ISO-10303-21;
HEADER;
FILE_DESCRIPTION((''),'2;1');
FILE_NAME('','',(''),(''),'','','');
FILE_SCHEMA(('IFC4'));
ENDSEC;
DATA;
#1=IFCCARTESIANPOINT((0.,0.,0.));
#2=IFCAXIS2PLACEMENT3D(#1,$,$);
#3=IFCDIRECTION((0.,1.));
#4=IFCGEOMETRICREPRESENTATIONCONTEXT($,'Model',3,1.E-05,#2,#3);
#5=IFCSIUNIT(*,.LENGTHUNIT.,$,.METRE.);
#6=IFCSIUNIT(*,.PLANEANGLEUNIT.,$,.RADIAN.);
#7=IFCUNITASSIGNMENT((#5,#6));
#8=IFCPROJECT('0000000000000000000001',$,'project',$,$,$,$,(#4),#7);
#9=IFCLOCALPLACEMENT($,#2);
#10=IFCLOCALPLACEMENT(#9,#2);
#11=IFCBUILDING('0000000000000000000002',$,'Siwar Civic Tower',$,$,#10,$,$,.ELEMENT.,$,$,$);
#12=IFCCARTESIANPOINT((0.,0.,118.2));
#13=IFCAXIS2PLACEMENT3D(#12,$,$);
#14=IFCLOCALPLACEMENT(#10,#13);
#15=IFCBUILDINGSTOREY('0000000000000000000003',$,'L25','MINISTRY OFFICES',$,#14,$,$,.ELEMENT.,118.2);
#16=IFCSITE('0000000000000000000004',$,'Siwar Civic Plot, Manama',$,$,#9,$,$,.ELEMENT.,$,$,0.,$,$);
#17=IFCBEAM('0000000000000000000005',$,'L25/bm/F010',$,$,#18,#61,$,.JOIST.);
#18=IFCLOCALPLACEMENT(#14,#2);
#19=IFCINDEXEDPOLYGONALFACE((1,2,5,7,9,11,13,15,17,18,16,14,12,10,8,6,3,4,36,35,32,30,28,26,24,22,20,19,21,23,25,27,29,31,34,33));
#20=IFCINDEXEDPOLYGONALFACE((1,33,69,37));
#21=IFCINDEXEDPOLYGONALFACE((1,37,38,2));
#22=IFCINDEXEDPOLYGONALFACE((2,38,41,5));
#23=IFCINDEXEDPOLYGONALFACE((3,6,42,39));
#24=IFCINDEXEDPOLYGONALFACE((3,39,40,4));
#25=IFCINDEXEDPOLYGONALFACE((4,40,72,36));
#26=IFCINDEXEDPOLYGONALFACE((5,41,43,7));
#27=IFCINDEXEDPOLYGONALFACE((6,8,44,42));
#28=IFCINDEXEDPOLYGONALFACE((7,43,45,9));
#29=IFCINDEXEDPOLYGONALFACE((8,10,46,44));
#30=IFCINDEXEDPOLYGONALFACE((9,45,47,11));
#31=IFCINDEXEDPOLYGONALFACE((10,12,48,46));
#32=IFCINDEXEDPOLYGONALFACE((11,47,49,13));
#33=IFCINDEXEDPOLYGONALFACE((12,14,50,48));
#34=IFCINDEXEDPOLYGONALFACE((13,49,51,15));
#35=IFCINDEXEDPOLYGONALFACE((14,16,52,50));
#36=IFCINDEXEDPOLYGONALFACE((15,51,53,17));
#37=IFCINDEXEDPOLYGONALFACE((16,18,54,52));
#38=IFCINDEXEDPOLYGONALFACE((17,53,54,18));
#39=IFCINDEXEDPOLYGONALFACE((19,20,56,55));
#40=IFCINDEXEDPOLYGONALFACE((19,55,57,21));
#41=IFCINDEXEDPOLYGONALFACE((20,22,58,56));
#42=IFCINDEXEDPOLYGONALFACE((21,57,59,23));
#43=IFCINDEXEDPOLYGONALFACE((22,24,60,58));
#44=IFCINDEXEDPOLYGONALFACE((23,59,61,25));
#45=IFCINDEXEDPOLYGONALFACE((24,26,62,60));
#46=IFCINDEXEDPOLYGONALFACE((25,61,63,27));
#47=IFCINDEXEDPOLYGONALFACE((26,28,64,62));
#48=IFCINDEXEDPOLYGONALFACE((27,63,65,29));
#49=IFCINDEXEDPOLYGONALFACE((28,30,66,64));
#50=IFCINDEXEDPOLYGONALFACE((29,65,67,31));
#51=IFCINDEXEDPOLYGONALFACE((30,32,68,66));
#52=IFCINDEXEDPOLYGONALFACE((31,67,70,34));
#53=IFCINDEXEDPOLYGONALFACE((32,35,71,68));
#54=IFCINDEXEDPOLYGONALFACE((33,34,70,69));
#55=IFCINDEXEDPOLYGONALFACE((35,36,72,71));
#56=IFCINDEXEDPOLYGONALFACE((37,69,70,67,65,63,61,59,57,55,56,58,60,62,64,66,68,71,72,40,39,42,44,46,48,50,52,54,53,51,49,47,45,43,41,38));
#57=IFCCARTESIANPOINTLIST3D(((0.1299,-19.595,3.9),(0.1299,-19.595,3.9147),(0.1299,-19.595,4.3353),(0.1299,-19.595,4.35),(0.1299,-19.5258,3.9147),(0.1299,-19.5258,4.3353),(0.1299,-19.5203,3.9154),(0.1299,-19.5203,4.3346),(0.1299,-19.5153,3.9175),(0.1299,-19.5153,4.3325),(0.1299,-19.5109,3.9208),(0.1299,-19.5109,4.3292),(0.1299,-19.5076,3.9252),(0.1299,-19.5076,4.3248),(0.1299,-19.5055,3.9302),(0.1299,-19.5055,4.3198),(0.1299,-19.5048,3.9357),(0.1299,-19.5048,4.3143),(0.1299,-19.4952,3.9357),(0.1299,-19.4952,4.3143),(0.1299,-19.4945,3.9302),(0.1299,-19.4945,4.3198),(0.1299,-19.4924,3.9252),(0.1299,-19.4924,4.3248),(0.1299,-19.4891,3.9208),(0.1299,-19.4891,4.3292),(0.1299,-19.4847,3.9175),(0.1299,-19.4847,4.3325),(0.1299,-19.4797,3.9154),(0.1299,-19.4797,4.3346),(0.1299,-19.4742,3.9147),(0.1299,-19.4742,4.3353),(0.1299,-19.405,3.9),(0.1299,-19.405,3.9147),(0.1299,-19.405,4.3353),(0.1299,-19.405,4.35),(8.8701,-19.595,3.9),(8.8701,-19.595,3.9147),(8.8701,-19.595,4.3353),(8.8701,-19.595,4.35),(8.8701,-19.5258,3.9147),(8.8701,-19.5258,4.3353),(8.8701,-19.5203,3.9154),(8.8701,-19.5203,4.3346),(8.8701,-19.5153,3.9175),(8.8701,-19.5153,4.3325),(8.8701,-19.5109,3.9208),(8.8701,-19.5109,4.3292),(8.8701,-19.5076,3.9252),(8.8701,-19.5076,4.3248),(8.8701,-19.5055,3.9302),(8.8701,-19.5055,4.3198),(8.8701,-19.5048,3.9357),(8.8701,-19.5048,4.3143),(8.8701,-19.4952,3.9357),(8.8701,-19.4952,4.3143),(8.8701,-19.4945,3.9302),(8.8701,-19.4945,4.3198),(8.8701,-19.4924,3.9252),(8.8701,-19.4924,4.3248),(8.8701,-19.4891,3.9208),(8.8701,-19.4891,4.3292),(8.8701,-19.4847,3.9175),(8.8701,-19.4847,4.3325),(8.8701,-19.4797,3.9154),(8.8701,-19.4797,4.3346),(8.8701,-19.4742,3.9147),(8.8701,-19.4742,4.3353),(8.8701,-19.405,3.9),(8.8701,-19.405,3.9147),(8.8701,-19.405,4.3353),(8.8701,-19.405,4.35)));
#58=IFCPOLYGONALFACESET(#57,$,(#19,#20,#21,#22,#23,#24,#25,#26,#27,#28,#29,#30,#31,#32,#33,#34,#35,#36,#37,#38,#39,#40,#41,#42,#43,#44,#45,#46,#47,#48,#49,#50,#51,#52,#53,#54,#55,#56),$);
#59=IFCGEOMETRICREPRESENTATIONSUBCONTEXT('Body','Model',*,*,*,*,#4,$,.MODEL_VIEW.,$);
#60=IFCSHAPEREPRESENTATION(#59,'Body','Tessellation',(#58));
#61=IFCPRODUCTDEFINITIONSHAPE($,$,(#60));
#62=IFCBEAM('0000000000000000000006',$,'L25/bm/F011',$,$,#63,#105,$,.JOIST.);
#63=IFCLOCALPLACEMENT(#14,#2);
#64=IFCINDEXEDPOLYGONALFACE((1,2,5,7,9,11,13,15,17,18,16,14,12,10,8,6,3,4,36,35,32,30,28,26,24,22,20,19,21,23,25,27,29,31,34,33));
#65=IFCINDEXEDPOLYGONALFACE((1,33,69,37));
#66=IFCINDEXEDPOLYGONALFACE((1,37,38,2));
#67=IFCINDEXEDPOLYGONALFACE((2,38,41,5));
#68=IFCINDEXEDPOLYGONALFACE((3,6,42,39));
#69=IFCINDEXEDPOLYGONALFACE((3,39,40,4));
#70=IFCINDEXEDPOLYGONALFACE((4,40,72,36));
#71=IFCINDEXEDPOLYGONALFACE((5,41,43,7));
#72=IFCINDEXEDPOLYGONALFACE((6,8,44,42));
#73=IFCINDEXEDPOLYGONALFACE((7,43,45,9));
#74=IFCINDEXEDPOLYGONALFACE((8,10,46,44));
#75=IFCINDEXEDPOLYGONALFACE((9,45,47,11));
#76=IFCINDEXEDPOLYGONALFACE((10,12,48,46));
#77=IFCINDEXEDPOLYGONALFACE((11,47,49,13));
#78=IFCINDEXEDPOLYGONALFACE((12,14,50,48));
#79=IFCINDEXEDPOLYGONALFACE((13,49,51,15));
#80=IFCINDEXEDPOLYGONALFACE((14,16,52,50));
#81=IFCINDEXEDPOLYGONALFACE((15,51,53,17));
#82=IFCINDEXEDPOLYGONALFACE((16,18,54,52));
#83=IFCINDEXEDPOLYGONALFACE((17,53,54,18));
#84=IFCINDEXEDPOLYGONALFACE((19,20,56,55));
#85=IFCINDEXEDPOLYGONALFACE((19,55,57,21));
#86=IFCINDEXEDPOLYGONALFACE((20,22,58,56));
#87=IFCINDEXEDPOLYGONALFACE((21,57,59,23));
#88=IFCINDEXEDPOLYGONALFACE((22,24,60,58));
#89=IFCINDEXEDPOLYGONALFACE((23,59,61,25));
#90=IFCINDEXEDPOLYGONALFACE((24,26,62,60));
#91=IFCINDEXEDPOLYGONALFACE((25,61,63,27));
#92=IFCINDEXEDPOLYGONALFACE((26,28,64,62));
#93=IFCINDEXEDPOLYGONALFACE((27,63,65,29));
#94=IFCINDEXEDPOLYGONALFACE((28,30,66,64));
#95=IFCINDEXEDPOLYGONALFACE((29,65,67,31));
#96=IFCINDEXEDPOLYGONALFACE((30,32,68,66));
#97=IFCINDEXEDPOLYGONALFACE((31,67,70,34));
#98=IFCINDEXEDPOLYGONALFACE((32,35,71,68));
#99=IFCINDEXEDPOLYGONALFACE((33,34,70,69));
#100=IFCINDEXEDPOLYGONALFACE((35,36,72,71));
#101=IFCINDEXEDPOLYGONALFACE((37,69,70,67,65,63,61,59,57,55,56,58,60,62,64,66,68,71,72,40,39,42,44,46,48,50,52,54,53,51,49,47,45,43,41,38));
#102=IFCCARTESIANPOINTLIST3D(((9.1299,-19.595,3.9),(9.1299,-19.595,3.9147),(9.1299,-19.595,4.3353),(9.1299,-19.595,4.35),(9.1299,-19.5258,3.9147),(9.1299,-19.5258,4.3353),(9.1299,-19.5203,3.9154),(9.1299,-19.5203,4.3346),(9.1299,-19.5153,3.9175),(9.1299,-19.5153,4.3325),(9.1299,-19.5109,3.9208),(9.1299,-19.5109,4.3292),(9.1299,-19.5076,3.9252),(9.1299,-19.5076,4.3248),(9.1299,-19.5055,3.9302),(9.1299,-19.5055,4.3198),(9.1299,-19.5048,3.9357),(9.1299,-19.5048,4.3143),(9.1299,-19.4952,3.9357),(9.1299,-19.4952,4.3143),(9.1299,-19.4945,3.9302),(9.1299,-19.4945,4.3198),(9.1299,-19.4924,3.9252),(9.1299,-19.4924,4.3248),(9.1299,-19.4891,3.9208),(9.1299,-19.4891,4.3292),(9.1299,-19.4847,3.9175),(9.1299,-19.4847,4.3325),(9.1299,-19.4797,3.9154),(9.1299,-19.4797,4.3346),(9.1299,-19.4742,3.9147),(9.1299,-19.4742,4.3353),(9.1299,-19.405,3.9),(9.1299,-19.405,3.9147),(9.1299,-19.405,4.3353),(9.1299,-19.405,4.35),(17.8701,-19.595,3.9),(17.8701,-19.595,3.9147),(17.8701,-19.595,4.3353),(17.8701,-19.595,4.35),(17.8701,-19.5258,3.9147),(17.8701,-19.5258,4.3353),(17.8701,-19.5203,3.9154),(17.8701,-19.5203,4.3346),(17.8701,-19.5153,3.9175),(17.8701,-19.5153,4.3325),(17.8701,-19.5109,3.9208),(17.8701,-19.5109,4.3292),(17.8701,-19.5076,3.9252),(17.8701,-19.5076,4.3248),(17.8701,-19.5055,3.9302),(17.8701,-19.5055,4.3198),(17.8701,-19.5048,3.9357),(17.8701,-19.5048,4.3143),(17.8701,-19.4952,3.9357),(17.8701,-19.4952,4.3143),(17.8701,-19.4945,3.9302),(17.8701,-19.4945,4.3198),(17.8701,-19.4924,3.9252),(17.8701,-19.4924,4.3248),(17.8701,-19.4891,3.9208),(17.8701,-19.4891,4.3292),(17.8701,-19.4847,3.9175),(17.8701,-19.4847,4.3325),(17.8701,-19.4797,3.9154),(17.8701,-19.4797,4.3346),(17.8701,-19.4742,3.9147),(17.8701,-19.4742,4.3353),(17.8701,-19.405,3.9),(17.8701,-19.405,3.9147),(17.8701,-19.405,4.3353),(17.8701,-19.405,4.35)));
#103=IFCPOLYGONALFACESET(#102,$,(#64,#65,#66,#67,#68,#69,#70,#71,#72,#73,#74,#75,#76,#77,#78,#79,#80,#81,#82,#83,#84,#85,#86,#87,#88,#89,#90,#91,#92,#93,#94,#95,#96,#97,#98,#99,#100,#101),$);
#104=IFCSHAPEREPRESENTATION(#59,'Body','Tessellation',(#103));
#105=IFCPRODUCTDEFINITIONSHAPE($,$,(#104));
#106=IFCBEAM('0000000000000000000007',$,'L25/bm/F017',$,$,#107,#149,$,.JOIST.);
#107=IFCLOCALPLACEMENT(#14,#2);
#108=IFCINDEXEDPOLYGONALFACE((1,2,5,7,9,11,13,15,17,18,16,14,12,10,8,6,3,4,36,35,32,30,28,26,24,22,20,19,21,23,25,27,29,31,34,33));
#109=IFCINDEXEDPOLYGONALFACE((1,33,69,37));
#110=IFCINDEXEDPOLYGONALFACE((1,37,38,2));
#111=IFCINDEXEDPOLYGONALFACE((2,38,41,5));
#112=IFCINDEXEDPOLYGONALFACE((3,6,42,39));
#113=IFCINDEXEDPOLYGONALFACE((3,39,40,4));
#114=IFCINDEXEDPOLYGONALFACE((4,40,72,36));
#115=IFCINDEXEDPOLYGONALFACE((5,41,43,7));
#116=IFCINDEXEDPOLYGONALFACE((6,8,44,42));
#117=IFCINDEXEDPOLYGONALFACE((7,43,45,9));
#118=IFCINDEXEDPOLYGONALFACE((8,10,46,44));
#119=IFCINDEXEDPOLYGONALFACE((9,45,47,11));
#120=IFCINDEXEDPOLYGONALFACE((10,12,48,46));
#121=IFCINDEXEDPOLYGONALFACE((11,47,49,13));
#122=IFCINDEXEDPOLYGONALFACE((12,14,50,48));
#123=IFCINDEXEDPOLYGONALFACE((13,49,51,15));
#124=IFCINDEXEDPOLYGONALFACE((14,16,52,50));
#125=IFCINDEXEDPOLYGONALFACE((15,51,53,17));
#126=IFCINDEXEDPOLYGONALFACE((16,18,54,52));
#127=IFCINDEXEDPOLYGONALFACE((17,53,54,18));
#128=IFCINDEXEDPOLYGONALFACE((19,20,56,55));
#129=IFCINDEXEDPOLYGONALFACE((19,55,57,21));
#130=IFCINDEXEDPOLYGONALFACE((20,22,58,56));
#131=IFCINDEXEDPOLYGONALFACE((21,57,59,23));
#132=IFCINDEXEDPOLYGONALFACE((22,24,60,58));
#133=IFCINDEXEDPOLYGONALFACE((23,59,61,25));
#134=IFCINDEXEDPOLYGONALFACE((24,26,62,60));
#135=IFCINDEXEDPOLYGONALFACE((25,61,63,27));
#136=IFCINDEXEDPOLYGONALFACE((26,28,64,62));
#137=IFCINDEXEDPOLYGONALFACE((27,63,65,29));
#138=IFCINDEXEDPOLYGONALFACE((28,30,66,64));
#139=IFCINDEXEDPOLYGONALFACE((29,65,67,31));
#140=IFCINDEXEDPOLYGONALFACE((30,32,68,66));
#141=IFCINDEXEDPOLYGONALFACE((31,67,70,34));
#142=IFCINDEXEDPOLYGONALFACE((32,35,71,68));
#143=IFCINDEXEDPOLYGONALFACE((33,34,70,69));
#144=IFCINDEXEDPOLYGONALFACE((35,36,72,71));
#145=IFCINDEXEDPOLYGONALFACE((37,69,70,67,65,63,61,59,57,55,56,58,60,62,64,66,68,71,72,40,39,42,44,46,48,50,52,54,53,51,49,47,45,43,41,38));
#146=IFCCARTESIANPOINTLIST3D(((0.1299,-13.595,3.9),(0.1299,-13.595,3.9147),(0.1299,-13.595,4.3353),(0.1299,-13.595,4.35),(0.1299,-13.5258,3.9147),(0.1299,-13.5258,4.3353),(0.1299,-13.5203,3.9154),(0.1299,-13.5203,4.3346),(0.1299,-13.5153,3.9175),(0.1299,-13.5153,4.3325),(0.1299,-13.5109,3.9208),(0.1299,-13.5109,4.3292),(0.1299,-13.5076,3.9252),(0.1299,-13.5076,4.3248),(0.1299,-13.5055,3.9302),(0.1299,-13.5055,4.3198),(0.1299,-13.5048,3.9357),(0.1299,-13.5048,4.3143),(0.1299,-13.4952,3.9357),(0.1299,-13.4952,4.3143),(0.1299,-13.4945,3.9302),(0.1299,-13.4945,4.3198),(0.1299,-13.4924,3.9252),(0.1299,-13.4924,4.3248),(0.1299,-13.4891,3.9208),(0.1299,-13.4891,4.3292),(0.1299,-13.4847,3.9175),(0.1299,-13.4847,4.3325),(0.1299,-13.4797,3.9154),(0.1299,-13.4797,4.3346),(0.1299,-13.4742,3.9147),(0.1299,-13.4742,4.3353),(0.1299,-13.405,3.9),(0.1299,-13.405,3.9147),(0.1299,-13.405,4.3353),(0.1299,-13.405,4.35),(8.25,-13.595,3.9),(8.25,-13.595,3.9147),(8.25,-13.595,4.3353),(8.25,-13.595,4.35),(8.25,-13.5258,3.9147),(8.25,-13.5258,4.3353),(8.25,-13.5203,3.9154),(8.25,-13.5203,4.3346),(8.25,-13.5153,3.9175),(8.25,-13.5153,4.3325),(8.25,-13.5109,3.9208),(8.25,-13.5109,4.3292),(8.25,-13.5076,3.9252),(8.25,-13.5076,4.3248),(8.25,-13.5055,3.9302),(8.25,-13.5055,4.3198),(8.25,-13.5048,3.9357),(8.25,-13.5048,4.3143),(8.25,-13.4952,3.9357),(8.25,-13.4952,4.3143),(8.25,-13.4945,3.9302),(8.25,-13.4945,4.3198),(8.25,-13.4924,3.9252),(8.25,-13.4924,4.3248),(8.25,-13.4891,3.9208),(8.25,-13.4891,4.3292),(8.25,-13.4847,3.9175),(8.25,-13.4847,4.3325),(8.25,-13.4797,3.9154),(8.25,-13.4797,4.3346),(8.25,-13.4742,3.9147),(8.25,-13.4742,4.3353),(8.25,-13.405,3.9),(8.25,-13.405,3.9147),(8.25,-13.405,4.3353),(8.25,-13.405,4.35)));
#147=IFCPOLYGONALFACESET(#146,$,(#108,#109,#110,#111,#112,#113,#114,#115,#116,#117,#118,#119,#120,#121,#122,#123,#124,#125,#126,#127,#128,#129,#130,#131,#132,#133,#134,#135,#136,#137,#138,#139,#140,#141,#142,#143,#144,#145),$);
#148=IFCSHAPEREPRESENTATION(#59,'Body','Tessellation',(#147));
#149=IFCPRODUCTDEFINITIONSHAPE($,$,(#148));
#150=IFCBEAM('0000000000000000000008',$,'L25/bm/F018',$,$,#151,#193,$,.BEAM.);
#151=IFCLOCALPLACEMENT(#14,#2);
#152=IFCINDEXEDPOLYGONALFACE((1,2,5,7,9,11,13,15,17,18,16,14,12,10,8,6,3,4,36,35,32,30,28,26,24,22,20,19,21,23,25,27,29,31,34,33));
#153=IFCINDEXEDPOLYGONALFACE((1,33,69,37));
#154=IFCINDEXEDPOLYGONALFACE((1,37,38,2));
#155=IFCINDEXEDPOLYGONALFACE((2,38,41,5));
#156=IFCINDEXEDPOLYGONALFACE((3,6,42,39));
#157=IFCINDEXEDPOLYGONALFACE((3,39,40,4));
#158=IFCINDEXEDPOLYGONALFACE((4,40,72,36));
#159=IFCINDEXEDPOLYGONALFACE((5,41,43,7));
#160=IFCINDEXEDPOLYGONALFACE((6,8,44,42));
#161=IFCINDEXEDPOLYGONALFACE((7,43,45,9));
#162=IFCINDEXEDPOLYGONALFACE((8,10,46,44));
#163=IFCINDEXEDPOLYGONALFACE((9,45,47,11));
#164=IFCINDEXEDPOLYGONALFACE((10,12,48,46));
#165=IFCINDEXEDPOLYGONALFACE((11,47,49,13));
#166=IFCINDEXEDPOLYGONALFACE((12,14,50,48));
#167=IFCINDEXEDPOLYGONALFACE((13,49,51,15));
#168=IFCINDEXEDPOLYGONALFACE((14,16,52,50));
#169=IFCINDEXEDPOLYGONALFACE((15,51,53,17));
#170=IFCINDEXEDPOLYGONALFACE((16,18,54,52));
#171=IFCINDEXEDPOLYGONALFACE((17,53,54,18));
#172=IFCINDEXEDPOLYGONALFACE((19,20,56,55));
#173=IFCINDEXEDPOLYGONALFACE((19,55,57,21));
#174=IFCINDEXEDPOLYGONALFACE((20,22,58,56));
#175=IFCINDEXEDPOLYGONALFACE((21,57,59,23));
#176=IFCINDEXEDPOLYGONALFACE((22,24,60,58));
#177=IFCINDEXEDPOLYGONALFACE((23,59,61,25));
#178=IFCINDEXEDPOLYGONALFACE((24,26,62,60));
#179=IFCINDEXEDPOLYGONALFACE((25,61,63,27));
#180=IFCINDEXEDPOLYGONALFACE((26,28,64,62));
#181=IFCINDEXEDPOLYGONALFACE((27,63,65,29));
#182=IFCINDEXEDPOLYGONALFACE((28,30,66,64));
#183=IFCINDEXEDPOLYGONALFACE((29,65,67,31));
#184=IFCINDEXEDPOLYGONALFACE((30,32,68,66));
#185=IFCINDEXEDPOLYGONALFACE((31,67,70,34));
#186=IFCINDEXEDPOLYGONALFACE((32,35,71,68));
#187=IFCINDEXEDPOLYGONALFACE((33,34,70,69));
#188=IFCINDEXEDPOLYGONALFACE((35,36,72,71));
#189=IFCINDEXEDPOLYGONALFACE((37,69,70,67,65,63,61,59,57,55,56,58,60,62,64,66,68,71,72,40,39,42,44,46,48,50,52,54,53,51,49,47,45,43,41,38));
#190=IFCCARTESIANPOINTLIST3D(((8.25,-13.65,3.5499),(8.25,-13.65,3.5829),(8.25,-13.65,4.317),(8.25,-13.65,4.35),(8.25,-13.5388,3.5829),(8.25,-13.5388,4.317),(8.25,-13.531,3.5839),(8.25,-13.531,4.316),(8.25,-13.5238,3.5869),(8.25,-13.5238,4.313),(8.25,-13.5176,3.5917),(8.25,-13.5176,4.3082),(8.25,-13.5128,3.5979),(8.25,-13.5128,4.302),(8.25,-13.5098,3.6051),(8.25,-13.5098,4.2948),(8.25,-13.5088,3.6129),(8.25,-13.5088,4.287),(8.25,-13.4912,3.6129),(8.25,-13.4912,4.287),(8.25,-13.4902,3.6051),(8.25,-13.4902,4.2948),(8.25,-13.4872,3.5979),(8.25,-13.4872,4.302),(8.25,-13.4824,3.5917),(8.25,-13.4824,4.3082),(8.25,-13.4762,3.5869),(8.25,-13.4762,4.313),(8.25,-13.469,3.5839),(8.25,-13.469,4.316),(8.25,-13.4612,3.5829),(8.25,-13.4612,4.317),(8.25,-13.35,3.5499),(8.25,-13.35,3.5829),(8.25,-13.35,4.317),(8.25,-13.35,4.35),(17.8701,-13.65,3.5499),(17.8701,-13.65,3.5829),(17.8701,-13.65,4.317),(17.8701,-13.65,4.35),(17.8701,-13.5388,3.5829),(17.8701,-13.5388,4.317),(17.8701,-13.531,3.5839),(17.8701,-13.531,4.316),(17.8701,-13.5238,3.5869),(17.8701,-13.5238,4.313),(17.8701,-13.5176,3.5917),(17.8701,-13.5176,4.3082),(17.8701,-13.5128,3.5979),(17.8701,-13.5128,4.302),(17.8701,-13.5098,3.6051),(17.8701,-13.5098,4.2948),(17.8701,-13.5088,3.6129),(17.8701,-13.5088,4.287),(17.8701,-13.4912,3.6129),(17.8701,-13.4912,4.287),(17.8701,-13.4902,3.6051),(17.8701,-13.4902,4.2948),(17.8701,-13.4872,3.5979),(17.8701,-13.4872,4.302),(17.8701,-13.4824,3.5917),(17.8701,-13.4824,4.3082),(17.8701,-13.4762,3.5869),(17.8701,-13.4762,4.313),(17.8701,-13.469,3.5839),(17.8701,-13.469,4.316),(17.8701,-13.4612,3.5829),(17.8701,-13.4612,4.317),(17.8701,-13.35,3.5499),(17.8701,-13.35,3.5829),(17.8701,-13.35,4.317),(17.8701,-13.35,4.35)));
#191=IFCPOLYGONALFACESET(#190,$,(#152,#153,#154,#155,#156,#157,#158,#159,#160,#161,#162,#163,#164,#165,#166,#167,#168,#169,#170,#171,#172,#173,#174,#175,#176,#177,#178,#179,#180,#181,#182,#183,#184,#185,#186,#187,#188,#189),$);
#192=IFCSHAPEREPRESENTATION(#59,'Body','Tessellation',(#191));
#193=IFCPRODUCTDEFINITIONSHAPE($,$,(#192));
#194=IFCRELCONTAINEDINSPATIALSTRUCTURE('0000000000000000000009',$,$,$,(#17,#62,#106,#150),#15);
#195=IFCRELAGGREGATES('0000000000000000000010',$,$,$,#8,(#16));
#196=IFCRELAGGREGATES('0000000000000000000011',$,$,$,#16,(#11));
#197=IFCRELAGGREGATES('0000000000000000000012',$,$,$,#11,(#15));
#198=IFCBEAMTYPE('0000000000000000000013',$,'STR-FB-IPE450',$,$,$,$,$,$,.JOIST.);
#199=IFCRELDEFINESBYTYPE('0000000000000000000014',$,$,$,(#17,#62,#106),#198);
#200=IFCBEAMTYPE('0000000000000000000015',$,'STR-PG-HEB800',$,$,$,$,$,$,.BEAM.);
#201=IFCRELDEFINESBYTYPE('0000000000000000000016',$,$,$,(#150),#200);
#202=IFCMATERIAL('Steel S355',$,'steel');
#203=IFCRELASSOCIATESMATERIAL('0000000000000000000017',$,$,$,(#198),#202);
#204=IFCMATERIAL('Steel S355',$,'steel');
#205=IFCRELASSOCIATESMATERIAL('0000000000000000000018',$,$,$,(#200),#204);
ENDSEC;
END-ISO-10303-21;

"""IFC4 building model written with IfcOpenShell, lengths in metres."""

from ifc_helpers import new_model, si_unit, direction, frame, origin, origin_2d, place, context, subcontext, project, spatial, i_section, extrude, material, material_profile, profile_set, type_object, element, save


model = new_model("IFC4")

# Units and contexts
model_context = context("Model", 3, precision=1e-05, world=origin(), true_north=direction((0.0, 1.0)))
body_context = subcontext(model_context, "Body", "Model", "MODEL_VIEW")
ifc_project = project(units=[si_unit("LENGTHUNIT", "METRE"), si_unit("PLANEANGLEUNIT", "RADIAN")], contexts=[model_context])

# Site, building, storey
site_placement = place(None, origin())
site = spatial("IfcSite", under=ifc_project, at=site_placement, Name="Siwar Civic Plot, Manama", CompositionType="ELEMENT", RefElevation=0.0)
building_placement = place(site_placement, origin())
building = spatial("IfcBuilding", under=site, at=building_placement, Name="Siwar Civic Tower", CompositionType="ELEMENT")
storey_placement = place(building_placement, frame((0.0, 0.0, 118.2)))
storey = spatial("IfcBuildingStorey", under=building, at=storey_placement, Name="L25", Description="MINISTRY OFFICES", CompositionType="ELEMENT", Elevation=118.2)

# Beams
ifc_material_1 = material(Name="Steel S355", Category="steel")
ifc_material_profile_1 = material_profile(ifc_material_1, i_section(OverallWidth=0.1899, OverallDepth=0.45, WebThickness=0.0095, FlangeThickness=0.0146, FilletRadius=0.021, at=origin_2d()), Name="IPE450")
ifc_profile_set_1 = profile_set([ifc_material_profile_1], Name="Steel S355")
beam_type_1 = type_object("IfcBeamType", Name="STR-FB-IPE450", PredefinedType="JOIST", material=ifc_profile_set_1)
for number, where, z_axis, x_axis, name in (
    (1, (0.1299, -19.5, 4.125), (1.0, 0.0, 0.0), (0.0, 1.0, 0.0), "L25/bm/F010"),
    (2, (9.1299, -19.5, 4.125), (1.0, 0.0, 0.0), (0.0, 1.0, 0.0), "L25/bm/F011"),
):
    element("IfcBeam", number, at=place(storey_placement, frame(where, z_axis=z_axis, x_axis=x_axis)), inside=storey, type_object=beam_type_1, Name=name, PredefinedType="JOIST", context=body_context, shape_type="SweptSolid", body=[
        extrude(i_section(OverallWidth=0.1899, OverallDepth=0.45, WebThickness=0.0095, FlangeThickness=0.0146, FilletRadius=0.021, at=origin_2d()), origin(), (0.0, 0.0, 1.0), 8.7402),
    ])
beam_1_placement = place(storey_placement, frame((0.1299, -13.5, 4.125), z_axis=(1.0, 0.0, 0.0), x_axis=(0.0, 1.0, 0.0)))
element("IfcBeam", 3, at=beam_1_placement, inside=storey, type_object=beam_type_1, Name="L25/bm/F017", PredefinedType="JOIST", context=body_context, shape_type="SweptSolid", body=[
    extrude(i_section(OverallWidth=0.1899, OverallDepth=0.45, WebThickness=0.0095, FlangeThickness=0.0146, FilletRadius=0.021, at=origin_2d()), origin(), (0.0, 0.0, 1.0), 8.1201),
])
ifc_material_2 = material(Name="Steel S355", Category="steel")
ifc_material_profile_2 = material_profile(ifc_material_2, i_section(OverallWidth=0.3, OverallDepth=0.8, WebThickness=0.0176, FlangeThickness=0.033, FilletRadius=0.03, at=origin_2d()), Name="HEB800")
ifc_profile_set_2 = profile_set([ifc_material_profile_2], Name="Steel S355")
beam_type_2 = type_object("IfcBeamType", Name="STR-PG-HEB800", PredefinedType="BEAM", material=ifc_profile_set_2)
beam_2_placement = place(storey_placement, frame((8.25, -13.5, 3.95), z_axis=(1.0, 0.0, 0.0), x_axis=(0.0, 1.0, 0.0)))
element("IfcBeam", 4, at=beam_2_placement, inside=storey, type_object=beam_type_2, Name="L25/bm/F018", PredefinedType="BEAM", context=body_context, shape_type="SweptSolid", body=[
    extrude(i_section(OverallWidth=0.3, OverallDepth=0.8, WebThickness=0.0176, FlangeThickness=0.033, FilletRadius=0.03, at=origin_2d()), origin(), (0.0, 0.0, 1.0), 9.6201),
])

save(model, "model.ifc")
